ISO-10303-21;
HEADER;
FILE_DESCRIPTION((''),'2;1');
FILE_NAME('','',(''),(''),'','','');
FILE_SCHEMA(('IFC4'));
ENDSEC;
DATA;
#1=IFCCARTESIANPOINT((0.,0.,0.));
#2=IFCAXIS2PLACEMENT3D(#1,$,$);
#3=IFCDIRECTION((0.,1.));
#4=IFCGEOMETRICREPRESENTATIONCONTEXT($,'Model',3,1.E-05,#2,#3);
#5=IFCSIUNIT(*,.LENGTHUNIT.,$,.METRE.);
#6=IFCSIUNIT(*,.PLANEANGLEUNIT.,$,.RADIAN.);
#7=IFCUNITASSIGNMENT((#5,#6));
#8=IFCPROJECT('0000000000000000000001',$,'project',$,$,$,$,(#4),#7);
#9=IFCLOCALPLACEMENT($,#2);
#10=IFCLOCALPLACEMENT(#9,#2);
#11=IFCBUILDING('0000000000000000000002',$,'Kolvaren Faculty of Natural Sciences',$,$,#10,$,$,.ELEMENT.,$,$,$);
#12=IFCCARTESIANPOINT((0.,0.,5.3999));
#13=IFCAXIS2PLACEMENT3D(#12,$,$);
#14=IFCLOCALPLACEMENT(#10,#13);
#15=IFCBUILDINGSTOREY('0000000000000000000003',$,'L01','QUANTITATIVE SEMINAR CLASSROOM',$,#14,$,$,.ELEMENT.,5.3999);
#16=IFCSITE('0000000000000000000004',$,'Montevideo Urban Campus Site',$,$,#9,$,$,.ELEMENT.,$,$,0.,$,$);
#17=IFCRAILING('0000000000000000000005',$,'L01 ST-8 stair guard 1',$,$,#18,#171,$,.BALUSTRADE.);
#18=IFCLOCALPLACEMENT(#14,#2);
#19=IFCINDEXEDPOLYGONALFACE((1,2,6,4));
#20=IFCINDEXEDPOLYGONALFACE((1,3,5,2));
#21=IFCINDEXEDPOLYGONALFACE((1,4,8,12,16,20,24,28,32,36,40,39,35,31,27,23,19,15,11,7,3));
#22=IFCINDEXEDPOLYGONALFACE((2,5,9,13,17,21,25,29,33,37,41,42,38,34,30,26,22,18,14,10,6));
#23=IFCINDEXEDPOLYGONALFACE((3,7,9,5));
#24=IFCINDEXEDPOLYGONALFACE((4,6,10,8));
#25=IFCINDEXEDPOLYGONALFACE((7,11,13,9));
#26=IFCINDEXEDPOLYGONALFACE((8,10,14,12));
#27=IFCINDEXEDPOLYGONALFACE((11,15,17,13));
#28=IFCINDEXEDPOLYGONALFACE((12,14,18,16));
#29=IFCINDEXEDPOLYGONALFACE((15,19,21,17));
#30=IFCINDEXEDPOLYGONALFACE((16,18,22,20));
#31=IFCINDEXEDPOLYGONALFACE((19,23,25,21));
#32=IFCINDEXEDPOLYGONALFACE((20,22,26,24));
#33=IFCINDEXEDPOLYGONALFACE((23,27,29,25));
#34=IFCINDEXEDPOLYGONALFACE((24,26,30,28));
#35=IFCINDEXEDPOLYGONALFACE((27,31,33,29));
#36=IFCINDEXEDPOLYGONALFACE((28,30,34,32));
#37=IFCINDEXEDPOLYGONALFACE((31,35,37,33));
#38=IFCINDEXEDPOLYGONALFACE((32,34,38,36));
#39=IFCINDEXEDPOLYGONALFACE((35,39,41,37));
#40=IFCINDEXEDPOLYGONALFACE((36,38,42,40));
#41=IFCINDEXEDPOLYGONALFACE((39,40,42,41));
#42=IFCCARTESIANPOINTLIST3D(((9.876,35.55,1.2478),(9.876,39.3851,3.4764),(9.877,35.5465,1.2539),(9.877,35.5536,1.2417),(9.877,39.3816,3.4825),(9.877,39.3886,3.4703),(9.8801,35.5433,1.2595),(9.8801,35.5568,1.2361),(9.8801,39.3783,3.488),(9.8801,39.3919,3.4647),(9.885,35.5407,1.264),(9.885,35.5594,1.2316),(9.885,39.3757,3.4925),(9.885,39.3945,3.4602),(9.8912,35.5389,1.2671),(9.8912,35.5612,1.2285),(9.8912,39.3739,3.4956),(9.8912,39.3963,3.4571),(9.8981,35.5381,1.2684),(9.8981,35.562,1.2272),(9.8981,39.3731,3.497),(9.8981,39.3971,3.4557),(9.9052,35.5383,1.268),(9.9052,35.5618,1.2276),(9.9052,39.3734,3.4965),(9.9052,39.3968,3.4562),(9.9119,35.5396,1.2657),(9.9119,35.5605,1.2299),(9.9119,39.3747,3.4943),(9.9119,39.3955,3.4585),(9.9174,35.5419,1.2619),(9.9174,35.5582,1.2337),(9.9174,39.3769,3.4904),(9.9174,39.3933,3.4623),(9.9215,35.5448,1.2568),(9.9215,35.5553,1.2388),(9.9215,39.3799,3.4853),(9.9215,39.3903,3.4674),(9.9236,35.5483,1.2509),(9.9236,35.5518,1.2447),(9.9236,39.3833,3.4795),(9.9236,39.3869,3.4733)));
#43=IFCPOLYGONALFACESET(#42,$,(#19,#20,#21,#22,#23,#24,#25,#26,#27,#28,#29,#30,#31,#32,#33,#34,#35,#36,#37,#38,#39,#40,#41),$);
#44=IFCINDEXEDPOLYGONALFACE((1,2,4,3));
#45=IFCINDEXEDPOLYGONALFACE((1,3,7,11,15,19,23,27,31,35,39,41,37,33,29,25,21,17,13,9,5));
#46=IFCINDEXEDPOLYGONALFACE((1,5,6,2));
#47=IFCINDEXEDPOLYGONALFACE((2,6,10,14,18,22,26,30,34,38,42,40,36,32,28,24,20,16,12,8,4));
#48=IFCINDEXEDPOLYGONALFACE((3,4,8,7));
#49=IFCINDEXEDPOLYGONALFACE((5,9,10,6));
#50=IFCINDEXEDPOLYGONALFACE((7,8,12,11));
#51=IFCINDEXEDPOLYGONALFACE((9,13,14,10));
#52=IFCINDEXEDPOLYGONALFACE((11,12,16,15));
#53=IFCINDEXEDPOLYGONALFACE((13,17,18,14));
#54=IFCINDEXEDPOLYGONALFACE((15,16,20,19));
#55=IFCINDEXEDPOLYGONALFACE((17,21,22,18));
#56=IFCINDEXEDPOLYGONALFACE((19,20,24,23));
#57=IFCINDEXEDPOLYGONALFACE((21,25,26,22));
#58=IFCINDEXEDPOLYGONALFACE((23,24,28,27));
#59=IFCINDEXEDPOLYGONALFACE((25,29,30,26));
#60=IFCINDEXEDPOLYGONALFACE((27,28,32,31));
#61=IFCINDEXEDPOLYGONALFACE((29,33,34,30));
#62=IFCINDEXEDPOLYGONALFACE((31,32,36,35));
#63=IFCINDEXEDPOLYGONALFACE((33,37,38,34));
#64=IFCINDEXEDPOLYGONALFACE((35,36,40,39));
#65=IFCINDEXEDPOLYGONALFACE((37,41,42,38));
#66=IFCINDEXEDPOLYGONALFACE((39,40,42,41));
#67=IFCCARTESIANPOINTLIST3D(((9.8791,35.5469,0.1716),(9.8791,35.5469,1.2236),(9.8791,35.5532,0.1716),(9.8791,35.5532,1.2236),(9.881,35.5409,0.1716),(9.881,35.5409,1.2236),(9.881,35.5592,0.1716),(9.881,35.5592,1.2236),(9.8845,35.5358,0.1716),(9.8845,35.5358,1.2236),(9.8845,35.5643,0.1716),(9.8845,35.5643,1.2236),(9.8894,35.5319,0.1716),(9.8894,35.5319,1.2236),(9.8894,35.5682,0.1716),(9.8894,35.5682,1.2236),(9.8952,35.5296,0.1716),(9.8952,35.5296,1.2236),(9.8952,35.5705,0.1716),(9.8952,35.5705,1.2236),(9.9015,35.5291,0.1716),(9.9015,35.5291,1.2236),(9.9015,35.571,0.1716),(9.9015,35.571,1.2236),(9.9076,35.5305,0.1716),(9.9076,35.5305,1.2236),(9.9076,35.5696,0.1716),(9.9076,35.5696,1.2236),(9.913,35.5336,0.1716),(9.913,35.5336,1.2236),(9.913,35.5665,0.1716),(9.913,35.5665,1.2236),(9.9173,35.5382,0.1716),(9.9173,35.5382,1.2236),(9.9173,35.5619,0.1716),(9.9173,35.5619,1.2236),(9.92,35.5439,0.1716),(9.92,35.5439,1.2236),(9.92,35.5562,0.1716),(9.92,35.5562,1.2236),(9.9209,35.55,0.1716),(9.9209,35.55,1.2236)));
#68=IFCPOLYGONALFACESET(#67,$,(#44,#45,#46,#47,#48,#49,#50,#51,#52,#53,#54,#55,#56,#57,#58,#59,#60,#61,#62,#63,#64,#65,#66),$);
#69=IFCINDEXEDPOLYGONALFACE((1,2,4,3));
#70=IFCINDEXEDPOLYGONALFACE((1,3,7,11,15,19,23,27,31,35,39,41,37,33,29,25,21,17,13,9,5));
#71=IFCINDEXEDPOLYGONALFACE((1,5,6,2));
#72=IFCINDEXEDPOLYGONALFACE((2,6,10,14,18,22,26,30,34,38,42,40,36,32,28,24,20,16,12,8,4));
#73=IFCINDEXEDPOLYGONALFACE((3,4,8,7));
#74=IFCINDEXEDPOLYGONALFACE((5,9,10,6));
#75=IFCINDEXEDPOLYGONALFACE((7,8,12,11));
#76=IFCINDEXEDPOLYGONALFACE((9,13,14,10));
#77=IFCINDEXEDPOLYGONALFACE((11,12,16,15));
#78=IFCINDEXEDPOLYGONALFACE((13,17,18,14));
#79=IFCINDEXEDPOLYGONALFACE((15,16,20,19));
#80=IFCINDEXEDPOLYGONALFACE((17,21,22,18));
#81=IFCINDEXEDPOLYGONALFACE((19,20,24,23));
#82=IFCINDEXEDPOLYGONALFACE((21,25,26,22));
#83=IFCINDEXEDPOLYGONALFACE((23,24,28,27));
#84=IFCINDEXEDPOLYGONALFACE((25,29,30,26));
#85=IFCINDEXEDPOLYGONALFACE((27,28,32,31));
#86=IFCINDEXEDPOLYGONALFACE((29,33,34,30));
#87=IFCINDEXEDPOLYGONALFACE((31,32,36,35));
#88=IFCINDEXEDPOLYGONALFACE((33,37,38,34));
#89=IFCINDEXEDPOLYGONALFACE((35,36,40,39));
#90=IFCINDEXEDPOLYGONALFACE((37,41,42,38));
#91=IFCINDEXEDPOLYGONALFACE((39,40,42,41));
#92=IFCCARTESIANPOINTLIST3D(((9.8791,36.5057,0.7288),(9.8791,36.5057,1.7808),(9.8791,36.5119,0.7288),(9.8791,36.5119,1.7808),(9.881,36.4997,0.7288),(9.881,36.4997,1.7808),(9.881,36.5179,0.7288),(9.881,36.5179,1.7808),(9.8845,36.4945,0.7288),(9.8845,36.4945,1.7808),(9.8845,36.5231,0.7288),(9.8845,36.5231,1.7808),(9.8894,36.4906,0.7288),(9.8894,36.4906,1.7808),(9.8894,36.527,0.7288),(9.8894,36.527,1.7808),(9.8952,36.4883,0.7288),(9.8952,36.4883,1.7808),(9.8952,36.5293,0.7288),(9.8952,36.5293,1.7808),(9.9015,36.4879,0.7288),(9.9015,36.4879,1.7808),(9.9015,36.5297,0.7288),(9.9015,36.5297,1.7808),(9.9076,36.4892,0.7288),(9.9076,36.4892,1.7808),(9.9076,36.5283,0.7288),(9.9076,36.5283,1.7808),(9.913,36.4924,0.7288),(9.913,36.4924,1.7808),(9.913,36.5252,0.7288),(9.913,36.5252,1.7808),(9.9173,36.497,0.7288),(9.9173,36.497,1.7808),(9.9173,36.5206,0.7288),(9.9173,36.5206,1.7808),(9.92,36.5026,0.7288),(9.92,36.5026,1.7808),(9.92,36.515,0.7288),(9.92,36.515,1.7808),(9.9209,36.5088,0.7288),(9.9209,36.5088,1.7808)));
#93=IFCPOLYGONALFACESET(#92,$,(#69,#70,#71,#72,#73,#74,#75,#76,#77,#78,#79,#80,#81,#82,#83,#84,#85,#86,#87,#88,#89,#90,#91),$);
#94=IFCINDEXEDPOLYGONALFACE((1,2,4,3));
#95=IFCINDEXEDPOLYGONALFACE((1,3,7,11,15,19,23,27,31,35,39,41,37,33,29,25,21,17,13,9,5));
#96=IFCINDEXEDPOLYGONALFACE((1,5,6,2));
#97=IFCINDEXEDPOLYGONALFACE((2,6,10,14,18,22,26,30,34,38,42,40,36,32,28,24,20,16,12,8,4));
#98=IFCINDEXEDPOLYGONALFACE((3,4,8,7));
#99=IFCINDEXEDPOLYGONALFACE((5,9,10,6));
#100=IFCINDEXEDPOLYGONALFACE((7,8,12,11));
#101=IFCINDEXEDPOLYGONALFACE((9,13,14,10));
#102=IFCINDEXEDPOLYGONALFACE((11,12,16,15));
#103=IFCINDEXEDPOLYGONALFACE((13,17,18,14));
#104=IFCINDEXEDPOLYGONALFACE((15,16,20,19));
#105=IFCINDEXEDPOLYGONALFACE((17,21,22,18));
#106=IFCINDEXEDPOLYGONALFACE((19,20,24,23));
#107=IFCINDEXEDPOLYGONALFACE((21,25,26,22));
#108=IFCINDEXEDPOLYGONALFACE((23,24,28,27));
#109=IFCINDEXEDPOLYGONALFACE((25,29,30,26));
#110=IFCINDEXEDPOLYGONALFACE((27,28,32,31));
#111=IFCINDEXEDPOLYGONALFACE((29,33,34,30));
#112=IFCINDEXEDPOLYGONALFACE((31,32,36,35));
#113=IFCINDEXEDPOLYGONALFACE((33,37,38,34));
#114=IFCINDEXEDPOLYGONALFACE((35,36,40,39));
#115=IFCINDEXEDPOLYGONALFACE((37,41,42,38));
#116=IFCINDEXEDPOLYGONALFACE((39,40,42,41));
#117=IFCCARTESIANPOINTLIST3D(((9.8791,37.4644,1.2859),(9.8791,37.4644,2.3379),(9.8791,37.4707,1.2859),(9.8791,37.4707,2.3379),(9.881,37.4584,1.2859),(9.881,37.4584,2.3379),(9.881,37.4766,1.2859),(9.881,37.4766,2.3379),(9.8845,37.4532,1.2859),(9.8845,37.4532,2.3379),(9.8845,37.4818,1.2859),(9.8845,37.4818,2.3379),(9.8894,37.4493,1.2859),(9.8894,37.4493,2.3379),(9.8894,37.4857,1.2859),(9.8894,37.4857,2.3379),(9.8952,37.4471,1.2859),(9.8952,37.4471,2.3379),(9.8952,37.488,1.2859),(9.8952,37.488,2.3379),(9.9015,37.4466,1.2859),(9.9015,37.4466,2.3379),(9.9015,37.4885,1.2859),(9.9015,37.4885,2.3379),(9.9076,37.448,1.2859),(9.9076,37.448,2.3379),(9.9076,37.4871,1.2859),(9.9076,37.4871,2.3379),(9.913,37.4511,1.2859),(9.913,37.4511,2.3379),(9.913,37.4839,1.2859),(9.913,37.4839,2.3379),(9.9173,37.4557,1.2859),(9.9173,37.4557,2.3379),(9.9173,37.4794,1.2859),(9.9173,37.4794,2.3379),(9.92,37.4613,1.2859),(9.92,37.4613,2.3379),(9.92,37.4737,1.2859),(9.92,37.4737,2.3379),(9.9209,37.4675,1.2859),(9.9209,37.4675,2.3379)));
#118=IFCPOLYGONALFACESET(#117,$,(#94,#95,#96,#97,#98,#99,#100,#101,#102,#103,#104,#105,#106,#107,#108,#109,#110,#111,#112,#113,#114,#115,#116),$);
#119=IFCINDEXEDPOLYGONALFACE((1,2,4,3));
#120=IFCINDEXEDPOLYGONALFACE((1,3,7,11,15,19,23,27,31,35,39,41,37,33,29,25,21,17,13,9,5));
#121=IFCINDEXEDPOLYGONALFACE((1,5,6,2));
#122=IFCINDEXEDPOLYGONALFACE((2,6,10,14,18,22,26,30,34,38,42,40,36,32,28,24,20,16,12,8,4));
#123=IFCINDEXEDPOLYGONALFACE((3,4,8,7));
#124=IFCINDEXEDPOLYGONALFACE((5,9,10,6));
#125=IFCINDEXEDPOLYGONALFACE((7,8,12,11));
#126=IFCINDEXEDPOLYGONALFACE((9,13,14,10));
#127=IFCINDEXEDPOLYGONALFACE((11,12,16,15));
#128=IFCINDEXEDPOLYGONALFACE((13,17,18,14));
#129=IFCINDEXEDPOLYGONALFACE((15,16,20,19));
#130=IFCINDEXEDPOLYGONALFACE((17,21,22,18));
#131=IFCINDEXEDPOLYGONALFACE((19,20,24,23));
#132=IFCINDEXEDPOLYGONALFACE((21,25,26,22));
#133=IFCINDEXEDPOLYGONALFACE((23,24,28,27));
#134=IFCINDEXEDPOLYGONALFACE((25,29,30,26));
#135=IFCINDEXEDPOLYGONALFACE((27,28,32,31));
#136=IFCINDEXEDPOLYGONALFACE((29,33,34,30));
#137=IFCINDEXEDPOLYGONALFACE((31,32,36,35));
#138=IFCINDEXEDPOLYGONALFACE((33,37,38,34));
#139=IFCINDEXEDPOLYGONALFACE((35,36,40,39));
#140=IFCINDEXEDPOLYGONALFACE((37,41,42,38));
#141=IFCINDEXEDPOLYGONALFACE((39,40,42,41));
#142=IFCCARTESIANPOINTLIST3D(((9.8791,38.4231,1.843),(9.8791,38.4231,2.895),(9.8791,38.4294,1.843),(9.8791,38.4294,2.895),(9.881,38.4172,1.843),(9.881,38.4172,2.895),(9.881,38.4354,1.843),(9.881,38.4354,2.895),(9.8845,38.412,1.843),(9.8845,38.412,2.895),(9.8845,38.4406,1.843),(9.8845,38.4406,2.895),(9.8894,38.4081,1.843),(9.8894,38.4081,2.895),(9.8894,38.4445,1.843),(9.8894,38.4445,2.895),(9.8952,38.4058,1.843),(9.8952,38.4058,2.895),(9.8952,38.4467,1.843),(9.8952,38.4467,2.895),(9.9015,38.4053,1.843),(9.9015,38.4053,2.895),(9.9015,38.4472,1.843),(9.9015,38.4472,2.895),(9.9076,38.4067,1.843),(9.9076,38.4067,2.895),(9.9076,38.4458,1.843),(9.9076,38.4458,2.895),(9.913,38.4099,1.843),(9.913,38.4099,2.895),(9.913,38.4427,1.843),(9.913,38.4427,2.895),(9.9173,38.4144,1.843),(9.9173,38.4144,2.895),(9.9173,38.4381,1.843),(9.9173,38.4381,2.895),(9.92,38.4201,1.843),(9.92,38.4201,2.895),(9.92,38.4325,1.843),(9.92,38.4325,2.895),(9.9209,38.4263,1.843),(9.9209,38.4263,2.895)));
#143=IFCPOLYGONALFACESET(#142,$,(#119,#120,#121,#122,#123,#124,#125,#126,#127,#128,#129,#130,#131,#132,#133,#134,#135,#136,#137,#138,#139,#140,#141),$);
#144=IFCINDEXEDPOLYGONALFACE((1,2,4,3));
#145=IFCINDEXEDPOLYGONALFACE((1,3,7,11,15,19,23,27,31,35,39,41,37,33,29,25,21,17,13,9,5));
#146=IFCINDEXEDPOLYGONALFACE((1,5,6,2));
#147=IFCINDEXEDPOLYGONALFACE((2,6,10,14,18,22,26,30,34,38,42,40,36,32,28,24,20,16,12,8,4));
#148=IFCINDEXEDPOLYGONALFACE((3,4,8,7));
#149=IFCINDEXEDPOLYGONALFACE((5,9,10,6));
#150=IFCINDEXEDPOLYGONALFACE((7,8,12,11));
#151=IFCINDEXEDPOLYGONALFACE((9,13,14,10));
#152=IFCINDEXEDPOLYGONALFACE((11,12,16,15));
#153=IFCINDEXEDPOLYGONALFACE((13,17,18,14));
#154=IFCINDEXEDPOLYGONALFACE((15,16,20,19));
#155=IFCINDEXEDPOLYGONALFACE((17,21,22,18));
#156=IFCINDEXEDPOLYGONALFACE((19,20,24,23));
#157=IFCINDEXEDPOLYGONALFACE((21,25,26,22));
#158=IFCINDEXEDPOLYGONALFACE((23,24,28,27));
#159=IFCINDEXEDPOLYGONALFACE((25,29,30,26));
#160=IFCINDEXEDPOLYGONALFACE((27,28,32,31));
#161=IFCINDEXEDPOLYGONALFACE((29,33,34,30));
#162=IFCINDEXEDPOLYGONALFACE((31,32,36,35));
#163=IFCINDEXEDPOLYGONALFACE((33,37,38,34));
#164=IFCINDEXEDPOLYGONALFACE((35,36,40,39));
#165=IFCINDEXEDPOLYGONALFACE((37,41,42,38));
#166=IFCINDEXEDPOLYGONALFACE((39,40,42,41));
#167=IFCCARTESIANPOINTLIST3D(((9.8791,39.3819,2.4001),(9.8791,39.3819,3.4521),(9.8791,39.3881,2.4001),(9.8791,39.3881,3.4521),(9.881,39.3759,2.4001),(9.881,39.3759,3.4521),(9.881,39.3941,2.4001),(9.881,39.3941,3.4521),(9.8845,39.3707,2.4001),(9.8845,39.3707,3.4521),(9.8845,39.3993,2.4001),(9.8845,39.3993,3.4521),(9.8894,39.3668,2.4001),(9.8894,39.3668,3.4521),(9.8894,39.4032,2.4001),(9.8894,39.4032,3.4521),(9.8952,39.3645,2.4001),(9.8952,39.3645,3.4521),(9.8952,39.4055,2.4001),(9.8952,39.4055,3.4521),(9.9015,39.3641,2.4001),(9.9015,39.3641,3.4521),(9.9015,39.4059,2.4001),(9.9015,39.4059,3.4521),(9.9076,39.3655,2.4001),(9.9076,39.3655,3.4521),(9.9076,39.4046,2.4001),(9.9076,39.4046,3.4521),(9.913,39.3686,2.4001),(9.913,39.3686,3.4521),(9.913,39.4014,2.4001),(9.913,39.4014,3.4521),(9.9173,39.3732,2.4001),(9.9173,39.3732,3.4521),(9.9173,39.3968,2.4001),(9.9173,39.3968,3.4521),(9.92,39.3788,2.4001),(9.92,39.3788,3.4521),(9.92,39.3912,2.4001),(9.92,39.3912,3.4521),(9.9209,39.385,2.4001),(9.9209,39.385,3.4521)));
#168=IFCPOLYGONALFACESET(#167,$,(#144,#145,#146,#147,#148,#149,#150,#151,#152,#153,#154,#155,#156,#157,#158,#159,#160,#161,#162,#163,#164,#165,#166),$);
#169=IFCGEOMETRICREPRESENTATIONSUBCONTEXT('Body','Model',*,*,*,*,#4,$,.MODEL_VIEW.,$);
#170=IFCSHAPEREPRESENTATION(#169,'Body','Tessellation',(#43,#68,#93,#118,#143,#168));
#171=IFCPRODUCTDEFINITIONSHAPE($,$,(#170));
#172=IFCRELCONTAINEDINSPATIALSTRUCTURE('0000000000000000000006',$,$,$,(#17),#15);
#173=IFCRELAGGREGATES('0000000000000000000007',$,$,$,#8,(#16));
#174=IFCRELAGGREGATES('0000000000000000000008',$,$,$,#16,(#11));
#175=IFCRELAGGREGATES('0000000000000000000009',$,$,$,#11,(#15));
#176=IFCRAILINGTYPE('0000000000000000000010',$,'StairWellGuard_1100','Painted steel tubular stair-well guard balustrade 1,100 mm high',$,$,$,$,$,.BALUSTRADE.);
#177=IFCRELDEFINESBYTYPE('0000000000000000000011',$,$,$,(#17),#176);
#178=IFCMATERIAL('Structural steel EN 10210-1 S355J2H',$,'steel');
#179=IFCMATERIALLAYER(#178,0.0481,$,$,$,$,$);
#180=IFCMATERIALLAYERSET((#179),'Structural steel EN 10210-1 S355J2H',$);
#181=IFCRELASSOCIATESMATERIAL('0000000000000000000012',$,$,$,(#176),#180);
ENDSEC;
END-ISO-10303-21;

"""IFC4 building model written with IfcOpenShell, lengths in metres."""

from ifc_helpers import new_model, si_unit, direction, frame, origin, origin_2d, place, context, subcontext, project, spatial, circle, extrude, material, layer, layer_set, type_object, element, save


model = new_model("IFC4")

# Units and contexts
model_context = context("Model", 3, precision=1e-05, world=origin(), true_north=direction((0.0, 1.0)))
body_context = subcontext(model_context, "Body", "Model", "MODEL_VIEW")
ifc_project = project(units=[si_unit("LENGTHUNIT", "METRE"), si_unit("PLANEANGLEUNIT", "RADIAN")], contexts=[model_context])

# Site, building, storey
site_placement = place(None, origin())
site = spatial("IfcSite", under=ifc_project, at=site_placement, Name="Montevideo Urban Campus Site", CompositionType="ELEMENT", RefElevation=0.0)
building_placement = place(site_placement, origin())
building = spatial("IfcBuilding", under=site, at=building_placement, Name="Kolvaren Faculty of Natural Sciences", CompositionType="ELEMENT")
storey_placement = place(building_placement, frame((0.0, 0.0, 5.3999)))
storey = spatial("IfcBuildingStorey", under=building, at=storey_placement, Name="L01", Description="QUANTITATIVE SEMINAR CLASSROOM", CompositionType="ELEMENT", Elevation=5.3999)

# Railing
ifc_material_1 = material(Name="Structural steel EN 10210-1 S355J2H", Category="steel")
ifc_layer_1 = layer(ifc_material_1, 0.0481)
ifc_layer_set_1 = layer_set([ifc_layer_1], Name="Structural steel EN 10210-1 S355J2H")
railing_type_1 = type_object("IfcRailingType", Name="StairWellGuard_1100", Description="Painted steel tubular stair-well guard balustrade 1,100 mm high", PredefinedType="BALUSTRADE", material=ifc_layer_set_1)
railing_1_placement = place(storey_placement, frame((9.8999, 35.55, 0.1716)))
element("IfcRailing", 1, at=railing_1_placement, inside=storey, type_object=railing_type_1, Name="L01 ST-8 stair guard 1", PredefinedType="BALUSTRADE", context=body_context, shape_type="SweptSolid", body=[
    extrude(circle(Radius=0.0239, at=origin_2d()), frame((0.0, 0.0, 1.0762), z_axis=(0.0, 0.864616, 0.502433), x_axis=(-1.0, 0.0, 0.0)), (0.0, 0.0, 1.0), 4.4355),
    extrude(circle(Radius=0.021, at=origin_2d()), origin(), (0.0, 0.0, 1.0), 1.052),
    extrude(circle(Radius=0.021, at=origin_2d()), frame((0.0, 0.9587, 0.5571)), (0.0, 0.0, 1.0), 1.052),
    extrude(circle(Radius=0.021, at=origin_2d()), frame((0.0, 1.9175, 1.1143)), (0.0, 0.0, 1.0), 1.052),
    extrude(circle(Radius=0.021, at=origin_2d()), frame((0.0, 2.8762, 1.6714)), (0.0, 0.0, 1.0), 1.052),
    extrude(circle(Radius=0.021, at=origin_2d()), frame((0.0, 3.835, 2.2285)), (0.0, 0.0, 1.0), 1.052),
])

save(model, "model.ifc")
